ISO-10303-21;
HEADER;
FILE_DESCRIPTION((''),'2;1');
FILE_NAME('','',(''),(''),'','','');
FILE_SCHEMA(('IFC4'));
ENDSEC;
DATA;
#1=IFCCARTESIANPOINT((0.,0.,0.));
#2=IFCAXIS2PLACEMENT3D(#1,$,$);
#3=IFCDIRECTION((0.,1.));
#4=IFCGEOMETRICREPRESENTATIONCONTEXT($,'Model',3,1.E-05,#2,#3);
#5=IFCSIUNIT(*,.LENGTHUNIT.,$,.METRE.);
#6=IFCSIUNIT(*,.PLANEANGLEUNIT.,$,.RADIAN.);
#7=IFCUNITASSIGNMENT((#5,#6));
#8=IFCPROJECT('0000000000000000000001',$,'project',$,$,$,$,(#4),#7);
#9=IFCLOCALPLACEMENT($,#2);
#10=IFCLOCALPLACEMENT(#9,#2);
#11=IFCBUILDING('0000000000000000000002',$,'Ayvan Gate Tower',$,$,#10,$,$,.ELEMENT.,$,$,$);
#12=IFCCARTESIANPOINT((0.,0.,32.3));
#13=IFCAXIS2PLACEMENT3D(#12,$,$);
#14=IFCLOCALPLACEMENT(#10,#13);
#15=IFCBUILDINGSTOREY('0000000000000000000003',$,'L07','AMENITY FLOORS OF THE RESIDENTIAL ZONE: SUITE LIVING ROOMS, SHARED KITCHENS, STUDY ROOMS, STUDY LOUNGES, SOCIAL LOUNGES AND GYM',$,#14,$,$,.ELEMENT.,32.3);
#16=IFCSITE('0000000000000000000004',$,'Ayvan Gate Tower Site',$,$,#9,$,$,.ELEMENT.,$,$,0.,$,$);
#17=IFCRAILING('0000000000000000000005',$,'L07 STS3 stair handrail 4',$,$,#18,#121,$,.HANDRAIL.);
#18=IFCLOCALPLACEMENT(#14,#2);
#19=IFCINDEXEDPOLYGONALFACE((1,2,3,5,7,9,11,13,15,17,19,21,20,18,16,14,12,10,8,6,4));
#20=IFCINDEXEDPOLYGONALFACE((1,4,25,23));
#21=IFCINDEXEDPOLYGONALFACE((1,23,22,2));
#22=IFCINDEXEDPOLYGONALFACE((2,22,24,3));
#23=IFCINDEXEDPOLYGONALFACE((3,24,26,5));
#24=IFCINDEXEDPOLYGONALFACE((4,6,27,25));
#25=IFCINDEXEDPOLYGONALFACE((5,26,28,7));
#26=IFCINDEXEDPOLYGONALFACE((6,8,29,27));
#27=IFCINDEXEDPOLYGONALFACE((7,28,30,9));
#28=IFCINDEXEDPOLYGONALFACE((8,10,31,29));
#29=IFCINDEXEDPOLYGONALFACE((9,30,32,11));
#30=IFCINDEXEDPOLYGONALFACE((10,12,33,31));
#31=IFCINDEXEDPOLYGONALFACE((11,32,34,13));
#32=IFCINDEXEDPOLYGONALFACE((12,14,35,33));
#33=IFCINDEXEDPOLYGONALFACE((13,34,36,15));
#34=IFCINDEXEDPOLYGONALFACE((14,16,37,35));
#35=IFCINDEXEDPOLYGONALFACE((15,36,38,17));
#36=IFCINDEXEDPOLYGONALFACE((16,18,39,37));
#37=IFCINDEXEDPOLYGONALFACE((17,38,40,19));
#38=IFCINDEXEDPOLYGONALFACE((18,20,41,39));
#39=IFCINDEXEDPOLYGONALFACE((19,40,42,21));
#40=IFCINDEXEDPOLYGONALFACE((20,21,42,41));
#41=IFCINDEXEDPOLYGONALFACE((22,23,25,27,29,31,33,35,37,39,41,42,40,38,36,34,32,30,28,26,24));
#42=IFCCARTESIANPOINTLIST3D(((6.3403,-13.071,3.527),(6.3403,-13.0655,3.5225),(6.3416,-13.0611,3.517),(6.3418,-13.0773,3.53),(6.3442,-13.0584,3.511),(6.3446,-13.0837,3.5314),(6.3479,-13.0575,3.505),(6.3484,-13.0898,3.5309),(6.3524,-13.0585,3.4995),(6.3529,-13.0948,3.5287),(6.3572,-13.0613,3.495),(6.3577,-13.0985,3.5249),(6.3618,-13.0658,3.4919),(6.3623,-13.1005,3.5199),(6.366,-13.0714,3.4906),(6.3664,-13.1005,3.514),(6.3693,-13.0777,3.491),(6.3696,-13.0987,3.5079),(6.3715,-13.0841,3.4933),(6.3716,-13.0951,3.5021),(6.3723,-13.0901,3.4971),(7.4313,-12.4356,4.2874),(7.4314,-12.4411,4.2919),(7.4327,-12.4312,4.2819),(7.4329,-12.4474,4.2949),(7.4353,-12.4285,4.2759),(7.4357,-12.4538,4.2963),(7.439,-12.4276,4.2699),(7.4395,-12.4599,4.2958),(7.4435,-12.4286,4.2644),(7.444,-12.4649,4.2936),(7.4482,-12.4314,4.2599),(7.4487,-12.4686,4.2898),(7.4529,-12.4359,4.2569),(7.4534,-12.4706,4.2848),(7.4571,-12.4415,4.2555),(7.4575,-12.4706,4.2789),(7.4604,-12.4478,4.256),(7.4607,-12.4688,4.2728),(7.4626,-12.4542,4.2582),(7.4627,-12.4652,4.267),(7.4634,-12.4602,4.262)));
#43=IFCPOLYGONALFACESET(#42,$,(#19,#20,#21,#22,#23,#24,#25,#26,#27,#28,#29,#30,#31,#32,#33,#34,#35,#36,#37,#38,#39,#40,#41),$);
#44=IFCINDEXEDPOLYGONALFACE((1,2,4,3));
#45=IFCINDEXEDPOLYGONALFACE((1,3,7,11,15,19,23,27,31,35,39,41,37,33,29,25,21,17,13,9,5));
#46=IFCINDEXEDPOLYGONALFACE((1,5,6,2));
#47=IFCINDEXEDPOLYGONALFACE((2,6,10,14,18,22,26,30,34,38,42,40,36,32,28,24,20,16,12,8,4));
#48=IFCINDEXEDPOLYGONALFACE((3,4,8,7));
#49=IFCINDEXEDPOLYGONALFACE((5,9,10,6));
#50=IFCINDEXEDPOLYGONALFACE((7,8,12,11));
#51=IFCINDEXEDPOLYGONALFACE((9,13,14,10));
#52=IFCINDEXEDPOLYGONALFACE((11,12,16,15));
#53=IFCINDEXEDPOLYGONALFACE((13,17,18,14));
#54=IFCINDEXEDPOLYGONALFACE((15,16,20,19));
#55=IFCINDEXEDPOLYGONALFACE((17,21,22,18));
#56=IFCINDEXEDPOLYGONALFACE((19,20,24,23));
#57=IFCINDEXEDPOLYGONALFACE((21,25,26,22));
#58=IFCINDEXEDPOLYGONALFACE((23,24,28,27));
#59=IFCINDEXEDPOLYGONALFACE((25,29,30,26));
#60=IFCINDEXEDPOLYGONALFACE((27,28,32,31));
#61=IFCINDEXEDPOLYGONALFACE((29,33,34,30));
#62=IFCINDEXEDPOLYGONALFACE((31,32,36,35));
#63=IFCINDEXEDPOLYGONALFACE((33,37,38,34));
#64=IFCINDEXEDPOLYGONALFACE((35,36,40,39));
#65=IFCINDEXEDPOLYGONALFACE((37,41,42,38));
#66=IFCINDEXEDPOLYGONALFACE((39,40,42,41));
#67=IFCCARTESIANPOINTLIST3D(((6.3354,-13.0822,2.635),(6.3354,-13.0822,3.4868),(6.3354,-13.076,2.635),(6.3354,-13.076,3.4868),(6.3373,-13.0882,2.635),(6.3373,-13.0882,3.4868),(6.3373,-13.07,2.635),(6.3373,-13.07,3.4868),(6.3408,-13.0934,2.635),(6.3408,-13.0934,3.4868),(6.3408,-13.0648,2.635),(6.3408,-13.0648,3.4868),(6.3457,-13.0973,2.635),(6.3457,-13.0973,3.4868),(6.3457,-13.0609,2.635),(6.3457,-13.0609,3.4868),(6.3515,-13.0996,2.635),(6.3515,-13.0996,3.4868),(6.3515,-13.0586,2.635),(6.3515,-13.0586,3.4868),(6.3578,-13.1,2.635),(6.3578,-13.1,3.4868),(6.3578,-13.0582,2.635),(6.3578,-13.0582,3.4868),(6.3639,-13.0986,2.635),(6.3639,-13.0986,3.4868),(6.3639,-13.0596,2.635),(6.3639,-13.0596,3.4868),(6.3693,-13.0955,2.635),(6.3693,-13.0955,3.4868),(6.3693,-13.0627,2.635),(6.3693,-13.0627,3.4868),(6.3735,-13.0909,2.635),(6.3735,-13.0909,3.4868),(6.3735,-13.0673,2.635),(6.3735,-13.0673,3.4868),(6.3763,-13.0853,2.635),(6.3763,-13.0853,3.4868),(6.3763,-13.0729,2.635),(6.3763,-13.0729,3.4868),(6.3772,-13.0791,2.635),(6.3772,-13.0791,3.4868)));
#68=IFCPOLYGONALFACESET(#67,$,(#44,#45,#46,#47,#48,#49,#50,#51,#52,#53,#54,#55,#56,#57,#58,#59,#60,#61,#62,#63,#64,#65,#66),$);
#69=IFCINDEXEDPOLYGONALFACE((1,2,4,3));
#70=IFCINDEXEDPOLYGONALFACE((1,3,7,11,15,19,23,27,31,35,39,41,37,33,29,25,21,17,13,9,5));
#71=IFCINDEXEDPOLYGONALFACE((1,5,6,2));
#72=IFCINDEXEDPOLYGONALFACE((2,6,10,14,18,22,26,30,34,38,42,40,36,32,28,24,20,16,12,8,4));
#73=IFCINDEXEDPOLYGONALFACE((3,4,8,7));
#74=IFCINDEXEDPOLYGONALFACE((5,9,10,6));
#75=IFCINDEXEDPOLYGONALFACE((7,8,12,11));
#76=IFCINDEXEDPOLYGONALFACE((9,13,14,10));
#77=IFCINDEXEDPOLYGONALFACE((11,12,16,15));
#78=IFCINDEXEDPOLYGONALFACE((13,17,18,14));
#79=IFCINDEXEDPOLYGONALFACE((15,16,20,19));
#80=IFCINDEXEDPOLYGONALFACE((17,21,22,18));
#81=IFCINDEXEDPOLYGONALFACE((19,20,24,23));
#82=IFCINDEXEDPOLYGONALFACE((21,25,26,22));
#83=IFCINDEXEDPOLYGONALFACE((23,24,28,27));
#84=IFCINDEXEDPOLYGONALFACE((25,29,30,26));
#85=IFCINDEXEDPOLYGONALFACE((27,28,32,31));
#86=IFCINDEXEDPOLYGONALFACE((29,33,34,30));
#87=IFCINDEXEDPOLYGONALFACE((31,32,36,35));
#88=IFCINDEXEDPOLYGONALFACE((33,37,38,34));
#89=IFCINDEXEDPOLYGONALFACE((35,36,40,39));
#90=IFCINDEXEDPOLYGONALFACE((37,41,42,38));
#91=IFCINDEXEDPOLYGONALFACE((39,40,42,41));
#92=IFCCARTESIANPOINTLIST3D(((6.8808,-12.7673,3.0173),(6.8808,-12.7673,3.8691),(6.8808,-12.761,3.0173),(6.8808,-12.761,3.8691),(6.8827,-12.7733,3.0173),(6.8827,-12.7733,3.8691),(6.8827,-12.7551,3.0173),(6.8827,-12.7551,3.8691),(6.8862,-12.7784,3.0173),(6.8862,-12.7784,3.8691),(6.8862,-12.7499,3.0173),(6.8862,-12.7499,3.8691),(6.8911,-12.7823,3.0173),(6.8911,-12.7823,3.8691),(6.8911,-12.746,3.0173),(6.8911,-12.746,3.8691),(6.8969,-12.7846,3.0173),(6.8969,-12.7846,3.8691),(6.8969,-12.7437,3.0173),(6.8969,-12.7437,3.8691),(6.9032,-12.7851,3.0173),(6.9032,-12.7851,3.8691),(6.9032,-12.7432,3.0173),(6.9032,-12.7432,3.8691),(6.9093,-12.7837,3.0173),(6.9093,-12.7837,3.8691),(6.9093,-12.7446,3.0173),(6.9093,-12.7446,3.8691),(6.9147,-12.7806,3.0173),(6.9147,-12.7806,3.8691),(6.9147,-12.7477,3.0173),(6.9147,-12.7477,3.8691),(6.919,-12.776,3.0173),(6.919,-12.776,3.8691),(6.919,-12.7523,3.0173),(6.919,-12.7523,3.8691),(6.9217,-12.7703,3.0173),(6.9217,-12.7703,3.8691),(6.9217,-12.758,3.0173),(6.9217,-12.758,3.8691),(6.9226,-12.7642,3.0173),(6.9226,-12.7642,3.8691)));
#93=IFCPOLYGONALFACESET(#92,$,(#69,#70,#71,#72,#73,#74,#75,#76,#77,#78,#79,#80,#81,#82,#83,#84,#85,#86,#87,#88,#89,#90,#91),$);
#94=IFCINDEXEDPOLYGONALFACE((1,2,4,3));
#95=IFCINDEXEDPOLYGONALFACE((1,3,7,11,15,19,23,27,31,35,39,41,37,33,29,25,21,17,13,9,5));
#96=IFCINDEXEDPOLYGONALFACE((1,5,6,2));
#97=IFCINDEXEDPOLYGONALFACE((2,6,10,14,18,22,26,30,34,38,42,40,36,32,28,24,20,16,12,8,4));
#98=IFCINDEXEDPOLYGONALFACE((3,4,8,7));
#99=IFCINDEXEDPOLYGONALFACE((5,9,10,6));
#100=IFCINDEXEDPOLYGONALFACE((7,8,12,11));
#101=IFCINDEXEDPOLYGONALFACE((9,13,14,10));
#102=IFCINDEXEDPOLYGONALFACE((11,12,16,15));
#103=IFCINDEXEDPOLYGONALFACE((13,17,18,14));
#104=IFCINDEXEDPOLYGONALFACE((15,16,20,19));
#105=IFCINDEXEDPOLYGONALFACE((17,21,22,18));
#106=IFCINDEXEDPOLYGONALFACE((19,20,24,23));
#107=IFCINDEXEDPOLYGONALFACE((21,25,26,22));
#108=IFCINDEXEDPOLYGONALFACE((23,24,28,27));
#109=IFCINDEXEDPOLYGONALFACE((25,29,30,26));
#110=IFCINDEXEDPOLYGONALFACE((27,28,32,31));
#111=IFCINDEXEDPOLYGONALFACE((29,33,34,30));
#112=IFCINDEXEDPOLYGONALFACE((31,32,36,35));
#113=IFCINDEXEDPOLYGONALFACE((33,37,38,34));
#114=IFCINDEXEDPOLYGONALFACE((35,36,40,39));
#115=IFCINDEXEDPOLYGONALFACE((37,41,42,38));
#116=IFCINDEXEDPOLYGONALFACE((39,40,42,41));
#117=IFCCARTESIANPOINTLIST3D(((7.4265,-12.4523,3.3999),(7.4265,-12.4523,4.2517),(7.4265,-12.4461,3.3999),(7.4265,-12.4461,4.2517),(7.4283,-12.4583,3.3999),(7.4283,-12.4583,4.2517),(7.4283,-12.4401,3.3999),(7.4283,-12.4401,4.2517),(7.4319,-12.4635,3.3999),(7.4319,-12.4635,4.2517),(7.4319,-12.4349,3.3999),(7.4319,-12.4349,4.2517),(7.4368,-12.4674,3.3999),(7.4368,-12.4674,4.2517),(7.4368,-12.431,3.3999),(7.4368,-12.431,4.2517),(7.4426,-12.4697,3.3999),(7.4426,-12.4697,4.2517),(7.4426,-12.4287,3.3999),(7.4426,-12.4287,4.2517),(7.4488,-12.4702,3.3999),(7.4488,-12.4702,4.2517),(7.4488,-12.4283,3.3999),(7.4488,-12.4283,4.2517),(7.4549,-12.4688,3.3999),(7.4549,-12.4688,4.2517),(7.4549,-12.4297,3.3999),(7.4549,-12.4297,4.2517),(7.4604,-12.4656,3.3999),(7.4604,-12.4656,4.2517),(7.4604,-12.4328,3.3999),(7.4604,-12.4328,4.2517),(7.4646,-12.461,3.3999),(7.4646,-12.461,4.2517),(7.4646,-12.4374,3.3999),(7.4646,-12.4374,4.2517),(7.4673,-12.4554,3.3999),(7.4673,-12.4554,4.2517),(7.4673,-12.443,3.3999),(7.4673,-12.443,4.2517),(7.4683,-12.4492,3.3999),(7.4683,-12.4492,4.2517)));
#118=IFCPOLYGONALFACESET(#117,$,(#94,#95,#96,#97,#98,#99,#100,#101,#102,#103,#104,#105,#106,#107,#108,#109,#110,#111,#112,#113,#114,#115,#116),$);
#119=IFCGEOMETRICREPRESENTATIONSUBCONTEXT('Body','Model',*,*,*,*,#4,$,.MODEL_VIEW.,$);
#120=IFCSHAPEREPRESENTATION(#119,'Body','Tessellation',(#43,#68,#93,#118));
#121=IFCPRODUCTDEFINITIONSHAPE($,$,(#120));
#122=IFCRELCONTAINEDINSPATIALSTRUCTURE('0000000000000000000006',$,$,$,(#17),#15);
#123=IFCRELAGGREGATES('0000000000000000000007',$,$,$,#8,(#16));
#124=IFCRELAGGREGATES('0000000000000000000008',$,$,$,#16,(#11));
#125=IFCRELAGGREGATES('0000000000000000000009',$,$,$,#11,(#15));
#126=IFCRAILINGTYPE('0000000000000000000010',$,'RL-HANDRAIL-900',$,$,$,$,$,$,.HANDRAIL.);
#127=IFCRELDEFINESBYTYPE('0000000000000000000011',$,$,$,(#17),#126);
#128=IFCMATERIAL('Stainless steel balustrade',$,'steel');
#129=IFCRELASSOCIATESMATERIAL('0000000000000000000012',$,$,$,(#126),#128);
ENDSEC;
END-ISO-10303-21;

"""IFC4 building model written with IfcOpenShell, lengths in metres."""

from ifc_helpers import new_model, si_unit, direction, frame, origin, origin_2d, place, context, subcontext, project, spatial, circle, extrude, material, type_object, element, save


model = new_model("IFC4")

# Units and contexts
model_context = context("Model", 3, precision=1e-05, world=origin(), true_north=direction((0.0, 1.0)))
body_context = subcontext(model_context, "Body", "Model", "MODEL_VIEW")
ifc_project = project(units=[si_unit("LENGTHUNIT", "METRE"), si_unit("PLANEANGLEUNIT", "RADIAN")], contexts=[model_context])

# Site, building, storey
site_placement = place(None, origin())
site = spatial("IfcSite", under=ifc_project, at=site_placement, Name="Ayvan Gate Tower Site", CompositionType="ELEMENT", RefElevation=0.0)
building_placement = place(site_placement, origin())
building = spatial("IfcBuilding", under=site, at=building_placement, Name="Ayvan Gate Tower", CompositionType="ELEMENT")
storey_placement = place(building_placement, frame((0.0, 0.0, 32.3)))
storey = spatial("IfcBuildingStorey", under=building, at=storey_placement, Name="L07", Description="AMENITY FLOORS OF THE RESIDENTIAL ZONE: SUITE LIVING ROOMS, SHARED KITCHENS, STUDY ROOMS, STUDY LOUNGES, SOCIAL LOUNGES AND GYM", CompositionType="ELEMENT", Elevation=32.3)

# Railing
ifc_material_1 = material(Name="Stainless steel balustrade", Category="steel")
railing_type_1 = type_object("IfcRailingType", Name="RL-HANDRAIL-900", PredefinedType="HANDRAIL", material=ifc_material_1)
railing_1_placement = place(storey_placement, frame((6.3562, -13.0791, 2.635)))
element("IfcRailing", 1, at=railing_1_placement, inside=storey, type_object=railing_type_1, Name="L07 STS3 stair handrail 4", PredefinedType="HANDRAIL", context=body_context, shape_type="SweptSolid", body=[
    extrude(circle(Radius=0.0239, at=origin_2d()), frame((0.0, 0.0, 0.876), z_axis=(0.740282, 0.427372, 0.518976), x_axis=(-0.499974, 0.86604, 0.0)), (0.0, 0.0, 1.0), 1.4739),
    extrude(circle(Radius=0.021, at=origin_2d()), origin(), (0.0, 0.0, 1.0), 0.8518),
    extrude(circle(Radius=0.021, at=origin_2d()), frame((0.5454, 0.3149, 0.3823)), (0.0, 0.0, 1.0), 0.8518),
    extrude(circle(Radius=0.021, at=origin_2d()), frame((1.0911, 0.6299, 0.7649)), (0.0, 0.0, 1.0), 0.8518),
])

save(model, "model.ifc")
